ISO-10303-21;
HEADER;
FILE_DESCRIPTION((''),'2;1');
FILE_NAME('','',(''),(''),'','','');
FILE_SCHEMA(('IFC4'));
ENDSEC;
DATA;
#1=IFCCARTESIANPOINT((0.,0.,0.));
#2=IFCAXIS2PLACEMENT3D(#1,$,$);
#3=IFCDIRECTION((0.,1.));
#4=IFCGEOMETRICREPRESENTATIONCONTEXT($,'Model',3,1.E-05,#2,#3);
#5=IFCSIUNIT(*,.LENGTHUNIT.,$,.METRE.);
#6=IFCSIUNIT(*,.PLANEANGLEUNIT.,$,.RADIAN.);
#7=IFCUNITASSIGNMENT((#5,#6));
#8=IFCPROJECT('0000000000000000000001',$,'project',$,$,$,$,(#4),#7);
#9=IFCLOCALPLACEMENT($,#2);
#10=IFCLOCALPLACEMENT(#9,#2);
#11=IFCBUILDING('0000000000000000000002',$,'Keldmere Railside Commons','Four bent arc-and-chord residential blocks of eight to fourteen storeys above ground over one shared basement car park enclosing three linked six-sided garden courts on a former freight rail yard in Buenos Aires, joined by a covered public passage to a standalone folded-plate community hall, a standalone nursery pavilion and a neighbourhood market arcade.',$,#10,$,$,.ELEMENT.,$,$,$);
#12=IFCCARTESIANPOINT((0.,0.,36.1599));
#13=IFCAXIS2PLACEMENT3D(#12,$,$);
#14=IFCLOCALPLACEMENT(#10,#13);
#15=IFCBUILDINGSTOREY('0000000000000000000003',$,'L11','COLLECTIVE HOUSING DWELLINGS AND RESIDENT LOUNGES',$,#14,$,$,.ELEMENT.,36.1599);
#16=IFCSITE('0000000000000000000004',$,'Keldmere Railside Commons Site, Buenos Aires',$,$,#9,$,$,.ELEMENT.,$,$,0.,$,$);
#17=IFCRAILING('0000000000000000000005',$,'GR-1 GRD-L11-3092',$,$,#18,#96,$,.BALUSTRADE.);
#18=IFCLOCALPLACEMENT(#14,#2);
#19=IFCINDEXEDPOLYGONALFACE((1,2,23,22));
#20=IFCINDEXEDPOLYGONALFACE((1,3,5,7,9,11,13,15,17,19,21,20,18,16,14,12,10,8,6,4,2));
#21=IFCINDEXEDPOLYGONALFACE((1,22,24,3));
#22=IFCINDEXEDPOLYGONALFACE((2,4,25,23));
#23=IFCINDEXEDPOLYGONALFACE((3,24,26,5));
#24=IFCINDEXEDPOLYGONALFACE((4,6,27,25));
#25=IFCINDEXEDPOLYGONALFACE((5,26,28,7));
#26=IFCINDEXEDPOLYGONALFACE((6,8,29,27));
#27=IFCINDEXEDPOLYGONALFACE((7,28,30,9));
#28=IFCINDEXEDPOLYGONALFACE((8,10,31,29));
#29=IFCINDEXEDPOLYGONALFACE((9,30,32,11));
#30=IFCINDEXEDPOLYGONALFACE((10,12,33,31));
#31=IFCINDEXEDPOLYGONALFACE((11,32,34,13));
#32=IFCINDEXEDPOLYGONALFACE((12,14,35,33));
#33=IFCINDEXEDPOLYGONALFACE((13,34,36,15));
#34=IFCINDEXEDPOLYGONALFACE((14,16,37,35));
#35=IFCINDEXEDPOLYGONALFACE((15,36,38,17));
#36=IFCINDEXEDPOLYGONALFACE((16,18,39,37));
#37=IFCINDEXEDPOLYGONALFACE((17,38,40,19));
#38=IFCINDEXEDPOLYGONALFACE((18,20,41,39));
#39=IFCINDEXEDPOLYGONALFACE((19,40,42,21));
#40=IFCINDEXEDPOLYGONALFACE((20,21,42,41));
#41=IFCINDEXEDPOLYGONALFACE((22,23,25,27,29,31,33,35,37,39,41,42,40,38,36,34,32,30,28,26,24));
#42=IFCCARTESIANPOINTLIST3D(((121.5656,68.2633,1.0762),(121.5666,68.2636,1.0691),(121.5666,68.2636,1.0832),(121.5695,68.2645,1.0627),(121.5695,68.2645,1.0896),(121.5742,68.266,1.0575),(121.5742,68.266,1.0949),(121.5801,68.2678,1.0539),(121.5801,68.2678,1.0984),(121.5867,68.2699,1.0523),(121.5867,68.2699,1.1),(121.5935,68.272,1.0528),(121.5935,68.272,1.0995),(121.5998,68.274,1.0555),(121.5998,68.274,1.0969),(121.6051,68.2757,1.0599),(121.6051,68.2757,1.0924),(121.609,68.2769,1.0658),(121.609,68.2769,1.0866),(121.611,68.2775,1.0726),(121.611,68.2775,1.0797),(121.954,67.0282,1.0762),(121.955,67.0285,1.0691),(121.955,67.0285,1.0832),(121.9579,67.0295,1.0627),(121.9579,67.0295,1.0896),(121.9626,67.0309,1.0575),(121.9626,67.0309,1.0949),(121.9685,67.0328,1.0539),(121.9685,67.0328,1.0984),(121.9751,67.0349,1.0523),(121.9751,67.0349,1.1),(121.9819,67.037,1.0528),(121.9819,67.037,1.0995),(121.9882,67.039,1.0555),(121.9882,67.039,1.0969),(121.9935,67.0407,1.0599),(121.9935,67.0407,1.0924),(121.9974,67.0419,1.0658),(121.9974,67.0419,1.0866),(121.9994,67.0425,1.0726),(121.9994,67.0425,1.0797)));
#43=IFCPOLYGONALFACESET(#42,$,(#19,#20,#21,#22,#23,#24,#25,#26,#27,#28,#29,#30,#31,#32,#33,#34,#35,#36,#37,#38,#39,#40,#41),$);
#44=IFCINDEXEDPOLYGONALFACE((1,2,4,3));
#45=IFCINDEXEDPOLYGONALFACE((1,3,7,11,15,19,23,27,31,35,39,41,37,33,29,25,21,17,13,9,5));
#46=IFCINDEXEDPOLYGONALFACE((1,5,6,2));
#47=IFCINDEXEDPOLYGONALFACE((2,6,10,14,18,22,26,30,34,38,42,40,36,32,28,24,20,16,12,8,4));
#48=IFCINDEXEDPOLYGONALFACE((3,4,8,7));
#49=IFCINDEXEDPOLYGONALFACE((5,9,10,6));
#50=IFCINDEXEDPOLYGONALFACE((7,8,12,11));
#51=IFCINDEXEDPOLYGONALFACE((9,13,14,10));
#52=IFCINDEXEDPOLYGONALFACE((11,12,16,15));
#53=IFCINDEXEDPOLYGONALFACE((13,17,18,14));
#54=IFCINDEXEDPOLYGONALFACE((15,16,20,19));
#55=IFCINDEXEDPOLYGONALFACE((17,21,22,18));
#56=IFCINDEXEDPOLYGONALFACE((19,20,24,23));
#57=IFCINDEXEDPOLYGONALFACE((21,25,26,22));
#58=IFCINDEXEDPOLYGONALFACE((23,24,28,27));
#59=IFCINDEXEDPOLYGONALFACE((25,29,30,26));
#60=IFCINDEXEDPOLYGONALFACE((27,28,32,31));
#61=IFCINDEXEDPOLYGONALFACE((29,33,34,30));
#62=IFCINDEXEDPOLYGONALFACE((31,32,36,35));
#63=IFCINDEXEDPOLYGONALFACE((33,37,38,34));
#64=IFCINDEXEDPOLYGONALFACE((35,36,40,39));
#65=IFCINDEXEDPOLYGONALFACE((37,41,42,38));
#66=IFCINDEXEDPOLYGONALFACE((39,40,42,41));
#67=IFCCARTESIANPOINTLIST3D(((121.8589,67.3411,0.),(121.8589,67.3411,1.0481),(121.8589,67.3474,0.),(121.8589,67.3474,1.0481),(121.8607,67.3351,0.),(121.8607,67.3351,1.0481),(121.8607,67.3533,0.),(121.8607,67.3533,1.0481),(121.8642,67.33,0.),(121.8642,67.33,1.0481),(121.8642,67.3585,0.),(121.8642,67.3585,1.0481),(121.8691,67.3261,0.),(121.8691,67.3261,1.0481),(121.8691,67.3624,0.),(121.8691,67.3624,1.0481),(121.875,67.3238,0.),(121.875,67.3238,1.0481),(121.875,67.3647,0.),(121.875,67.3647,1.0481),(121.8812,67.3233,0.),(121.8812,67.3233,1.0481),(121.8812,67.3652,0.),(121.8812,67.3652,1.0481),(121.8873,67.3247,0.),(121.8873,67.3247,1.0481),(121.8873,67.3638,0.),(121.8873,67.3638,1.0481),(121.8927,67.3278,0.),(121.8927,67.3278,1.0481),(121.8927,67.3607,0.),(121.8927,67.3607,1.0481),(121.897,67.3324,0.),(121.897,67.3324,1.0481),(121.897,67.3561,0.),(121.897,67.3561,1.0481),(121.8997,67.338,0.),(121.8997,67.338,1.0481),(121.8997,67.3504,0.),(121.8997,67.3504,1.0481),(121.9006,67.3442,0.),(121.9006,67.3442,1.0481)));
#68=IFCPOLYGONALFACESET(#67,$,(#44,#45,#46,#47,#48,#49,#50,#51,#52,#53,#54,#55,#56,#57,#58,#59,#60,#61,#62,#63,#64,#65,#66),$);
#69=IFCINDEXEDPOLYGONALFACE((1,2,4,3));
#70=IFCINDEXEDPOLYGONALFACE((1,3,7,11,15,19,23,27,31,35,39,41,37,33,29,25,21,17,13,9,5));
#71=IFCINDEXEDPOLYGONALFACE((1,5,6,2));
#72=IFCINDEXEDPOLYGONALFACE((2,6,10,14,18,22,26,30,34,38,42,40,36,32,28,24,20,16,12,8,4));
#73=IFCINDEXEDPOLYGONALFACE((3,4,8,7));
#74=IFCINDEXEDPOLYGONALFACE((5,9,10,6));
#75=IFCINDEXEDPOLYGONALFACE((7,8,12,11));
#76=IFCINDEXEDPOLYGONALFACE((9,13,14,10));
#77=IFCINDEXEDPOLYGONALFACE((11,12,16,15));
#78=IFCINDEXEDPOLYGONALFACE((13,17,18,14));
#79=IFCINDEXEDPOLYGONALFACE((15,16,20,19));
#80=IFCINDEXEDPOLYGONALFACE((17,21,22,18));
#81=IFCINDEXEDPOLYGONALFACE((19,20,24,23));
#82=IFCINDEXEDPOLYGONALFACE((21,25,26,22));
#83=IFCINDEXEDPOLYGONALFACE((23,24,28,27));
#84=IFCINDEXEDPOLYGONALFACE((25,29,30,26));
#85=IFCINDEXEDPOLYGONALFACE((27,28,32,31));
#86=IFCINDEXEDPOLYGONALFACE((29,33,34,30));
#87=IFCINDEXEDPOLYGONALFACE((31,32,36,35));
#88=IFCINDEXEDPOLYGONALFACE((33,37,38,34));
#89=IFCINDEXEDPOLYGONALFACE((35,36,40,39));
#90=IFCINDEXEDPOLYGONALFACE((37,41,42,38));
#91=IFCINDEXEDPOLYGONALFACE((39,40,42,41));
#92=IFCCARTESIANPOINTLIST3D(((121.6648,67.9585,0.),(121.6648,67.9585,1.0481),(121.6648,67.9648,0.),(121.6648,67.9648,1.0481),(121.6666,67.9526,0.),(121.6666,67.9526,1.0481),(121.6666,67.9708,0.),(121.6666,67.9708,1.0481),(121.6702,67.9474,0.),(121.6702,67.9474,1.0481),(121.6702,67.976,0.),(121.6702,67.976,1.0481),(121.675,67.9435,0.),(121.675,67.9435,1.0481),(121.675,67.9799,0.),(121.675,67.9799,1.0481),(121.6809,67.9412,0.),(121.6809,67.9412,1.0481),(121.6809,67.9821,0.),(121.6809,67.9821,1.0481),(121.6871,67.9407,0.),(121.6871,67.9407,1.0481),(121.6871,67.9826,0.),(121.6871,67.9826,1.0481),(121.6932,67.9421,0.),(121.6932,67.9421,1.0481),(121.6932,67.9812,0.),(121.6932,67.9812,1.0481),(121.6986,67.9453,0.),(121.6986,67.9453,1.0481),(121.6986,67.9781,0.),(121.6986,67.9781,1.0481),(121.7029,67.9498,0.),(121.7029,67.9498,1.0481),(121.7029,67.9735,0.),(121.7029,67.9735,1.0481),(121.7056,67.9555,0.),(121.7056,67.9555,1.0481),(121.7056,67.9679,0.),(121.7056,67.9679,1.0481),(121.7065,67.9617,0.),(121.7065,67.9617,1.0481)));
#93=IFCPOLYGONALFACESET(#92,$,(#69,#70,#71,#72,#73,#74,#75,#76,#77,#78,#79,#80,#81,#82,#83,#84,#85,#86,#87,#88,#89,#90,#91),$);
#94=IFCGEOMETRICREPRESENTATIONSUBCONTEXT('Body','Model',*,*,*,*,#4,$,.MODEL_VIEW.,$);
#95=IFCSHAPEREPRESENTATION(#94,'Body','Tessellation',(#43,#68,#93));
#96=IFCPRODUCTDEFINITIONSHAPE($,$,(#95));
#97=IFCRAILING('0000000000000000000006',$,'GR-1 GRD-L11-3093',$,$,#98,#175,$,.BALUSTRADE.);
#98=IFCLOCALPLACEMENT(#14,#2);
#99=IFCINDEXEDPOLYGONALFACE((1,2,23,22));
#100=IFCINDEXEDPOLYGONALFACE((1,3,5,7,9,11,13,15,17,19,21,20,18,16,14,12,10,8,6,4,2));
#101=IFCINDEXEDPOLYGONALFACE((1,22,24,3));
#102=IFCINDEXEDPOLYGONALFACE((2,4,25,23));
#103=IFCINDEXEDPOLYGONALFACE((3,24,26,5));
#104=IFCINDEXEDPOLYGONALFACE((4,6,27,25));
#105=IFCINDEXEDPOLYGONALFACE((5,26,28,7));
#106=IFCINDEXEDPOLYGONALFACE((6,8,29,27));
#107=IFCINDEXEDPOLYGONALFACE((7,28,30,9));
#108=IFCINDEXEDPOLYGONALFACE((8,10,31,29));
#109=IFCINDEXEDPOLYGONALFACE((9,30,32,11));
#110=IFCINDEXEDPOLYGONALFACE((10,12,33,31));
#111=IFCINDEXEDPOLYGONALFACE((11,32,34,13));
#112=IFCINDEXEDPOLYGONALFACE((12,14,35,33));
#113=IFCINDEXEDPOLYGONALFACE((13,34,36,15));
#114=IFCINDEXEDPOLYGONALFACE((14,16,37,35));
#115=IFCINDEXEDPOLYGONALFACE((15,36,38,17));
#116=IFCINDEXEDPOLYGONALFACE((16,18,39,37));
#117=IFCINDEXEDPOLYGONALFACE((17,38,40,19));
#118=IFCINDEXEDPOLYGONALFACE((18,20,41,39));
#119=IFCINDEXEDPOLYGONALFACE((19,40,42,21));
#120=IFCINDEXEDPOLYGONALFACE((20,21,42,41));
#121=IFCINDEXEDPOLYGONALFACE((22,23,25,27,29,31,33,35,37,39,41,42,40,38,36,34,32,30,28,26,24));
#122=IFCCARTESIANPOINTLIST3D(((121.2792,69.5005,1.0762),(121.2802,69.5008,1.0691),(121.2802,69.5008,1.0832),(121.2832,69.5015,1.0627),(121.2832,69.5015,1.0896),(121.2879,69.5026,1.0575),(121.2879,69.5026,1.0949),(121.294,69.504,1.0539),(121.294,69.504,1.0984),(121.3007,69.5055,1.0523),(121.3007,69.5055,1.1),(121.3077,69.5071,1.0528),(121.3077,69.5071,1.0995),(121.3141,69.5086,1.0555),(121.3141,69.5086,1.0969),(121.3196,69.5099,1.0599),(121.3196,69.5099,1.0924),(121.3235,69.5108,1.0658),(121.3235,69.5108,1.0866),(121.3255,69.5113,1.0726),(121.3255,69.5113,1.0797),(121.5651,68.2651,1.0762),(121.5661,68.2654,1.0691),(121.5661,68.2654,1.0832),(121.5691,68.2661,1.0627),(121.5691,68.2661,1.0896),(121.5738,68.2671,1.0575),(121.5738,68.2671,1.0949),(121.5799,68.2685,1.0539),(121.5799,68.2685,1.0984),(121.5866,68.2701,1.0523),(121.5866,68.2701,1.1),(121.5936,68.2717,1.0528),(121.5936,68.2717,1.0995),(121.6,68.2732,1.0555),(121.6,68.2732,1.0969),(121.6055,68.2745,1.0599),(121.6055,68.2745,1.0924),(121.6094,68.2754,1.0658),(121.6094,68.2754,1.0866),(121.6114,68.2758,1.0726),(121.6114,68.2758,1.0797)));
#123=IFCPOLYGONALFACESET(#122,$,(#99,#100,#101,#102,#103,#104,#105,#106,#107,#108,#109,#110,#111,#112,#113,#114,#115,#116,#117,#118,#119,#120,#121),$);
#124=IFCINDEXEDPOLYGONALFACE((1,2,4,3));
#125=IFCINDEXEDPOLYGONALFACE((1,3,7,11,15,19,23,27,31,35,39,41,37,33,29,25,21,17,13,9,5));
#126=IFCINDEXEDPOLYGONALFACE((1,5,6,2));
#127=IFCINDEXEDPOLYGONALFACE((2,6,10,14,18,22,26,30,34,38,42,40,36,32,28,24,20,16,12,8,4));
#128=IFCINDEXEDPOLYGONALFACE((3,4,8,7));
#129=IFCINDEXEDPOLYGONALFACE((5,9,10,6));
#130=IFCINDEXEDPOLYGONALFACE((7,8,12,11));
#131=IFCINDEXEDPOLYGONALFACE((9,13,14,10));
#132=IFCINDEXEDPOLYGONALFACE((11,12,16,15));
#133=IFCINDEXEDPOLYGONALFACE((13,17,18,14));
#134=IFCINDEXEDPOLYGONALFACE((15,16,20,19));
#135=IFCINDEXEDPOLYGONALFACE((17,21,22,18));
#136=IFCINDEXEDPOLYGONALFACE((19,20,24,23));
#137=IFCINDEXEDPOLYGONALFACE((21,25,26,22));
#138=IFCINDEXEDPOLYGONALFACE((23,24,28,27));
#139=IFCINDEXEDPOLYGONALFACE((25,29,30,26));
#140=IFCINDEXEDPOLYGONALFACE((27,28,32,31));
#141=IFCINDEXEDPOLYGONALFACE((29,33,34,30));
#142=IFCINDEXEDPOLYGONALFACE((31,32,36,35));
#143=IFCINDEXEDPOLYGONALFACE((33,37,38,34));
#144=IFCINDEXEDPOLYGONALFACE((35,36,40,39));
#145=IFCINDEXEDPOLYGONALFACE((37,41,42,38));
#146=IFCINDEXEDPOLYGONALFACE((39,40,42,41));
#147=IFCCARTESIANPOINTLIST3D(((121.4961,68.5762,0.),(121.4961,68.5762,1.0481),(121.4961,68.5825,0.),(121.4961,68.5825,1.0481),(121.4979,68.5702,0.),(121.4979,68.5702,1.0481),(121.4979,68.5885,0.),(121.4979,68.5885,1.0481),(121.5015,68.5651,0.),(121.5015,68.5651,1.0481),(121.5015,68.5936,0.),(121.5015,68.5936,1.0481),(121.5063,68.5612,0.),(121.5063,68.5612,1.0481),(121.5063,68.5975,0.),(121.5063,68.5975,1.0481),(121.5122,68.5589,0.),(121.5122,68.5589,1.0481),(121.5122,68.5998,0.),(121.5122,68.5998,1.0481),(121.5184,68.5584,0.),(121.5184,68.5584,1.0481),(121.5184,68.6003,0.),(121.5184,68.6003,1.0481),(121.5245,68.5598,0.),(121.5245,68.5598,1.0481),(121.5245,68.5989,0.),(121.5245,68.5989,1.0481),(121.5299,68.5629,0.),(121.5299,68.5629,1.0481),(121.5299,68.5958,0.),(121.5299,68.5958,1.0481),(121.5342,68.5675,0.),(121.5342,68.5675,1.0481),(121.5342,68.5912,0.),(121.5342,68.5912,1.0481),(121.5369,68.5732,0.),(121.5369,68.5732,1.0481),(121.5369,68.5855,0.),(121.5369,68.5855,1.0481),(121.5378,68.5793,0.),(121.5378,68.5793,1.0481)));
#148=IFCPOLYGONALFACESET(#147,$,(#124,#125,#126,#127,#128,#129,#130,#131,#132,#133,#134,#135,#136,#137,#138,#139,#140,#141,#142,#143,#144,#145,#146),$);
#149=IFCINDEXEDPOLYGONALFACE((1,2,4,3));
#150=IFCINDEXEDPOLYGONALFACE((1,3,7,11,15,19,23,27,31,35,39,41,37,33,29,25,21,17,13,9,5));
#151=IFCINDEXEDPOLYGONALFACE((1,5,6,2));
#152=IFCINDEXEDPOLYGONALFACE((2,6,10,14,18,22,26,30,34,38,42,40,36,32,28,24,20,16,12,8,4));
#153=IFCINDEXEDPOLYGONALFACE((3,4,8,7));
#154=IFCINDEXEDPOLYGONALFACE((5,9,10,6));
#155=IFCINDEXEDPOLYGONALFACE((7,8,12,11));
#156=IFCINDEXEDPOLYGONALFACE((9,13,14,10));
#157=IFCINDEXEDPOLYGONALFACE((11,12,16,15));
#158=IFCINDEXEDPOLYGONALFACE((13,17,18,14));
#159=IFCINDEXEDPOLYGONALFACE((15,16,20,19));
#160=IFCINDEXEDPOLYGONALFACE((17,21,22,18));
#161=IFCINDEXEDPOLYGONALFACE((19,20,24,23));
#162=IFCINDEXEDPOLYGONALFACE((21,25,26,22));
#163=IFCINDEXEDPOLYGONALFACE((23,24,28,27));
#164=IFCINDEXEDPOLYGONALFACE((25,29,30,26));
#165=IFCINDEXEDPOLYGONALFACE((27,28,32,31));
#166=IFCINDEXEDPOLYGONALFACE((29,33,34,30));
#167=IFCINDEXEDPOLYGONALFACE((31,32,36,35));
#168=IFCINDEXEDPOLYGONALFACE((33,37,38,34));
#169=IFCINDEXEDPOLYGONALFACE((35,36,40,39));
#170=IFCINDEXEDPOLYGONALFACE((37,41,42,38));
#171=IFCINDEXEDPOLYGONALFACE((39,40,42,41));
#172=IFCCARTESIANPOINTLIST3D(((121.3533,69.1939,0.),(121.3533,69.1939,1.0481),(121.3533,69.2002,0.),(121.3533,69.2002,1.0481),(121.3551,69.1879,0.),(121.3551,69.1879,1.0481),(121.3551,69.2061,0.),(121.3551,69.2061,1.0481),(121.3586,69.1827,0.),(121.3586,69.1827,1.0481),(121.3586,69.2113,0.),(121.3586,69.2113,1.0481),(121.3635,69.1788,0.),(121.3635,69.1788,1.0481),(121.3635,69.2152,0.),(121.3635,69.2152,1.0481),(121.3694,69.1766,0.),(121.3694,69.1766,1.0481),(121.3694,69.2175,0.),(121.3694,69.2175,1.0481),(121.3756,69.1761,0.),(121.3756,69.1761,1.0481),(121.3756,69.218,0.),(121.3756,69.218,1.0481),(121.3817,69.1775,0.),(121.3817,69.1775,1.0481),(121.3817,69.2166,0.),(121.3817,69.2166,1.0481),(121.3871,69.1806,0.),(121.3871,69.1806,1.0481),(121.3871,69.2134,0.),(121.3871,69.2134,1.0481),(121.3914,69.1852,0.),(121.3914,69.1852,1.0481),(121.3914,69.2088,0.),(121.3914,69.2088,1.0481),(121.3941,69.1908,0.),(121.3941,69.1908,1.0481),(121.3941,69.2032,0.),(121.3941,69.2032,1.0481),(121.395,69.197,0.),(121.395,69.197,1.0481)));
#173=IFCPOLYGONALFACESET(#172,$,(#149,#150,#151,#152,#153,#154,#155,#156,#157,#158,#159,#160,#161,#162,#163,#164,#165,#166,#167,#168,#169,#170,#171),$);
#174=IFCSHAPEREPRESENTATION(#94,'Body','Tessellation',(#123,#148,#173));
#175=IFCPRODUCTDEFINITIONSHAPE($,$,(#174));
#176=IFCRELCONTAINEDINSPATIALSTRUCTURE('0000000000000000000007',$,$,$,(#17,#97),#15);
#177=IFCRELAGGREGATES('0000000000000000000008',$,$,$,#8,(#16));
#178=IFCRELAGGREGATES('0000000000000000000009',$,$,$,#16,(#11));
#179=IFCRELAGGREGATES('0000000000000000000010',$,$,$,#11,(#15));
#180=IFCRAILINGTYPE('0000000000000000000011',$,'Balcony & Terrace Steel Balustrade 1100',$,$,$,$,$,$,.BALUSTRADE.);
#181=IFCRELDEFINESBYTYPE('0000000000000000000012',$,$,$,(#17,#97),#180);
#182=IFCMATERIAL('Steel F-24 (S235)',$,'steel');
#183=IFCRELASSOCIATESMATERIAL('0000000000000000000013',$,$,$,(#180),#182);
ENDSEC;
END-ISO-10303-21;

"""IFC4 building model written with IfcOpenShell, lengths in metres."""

from ifc_helpers import new_model, si_unit, direction, frame, origin, origin_2d, place, context, subcontext, project, spatial, circle, extrude, material, type_object, element, save


model = new_model("IFC4")

# Units and contexts
model_context = context("Model", 3, precision=1e-05, world=origin(), true_north=direction((0.0, 1.0)))
body_context = subcontext(model_context, "Body", "Model", "MODEL_VIEW")
ifc_project = project(units=[si_unit("LENGTHUNIT", "METRE"), si_unit("PLANEANGLEUNIT", "RADIAN")], contexts=[model_context])

# Site, building, storey
site_placement = place(None, origin())
site = spatial("IfcSite", under=ifc_project, at=site_placement, Name="Keldmere Railside Commons Site, Buenos Aires", CompositionType="ELEMENT", RefElevation=0.0)
building_placement = place(site_placement, origin())
building = spatial("IfcBuilding", under=site, at=building_placement, Name="Keldmere Railside Commons", Description="Four bent arc-and-chord residential blocks of eight to fourteen storeys above ground over one shared basement car park enclosing three linked six-sided garden courts on a former freight rail yard in Buenos Aires, joined by a covered public passage to a standalone folded-plate community hall, a standalone nursery pavilion and a neighbourhood market arcade.", CompositionType="ELEMENT")
storey_placement = place(building_placement, frame((0.0, 0.0, 36.1599)))
storey = spatial("IfcBuildingStorey", under=building, at=storey_placement, Name="L11", Description="COLLECTIVE HOUSING DWELLINGS AND RESIDENT LOUNGES", CompositionType="ELEMENT", Elevation=36.1599)

# Railings
ifc_material_1 = material(Name="Steel F-24 (S235)", Category="steel")
railing_type = type_object("IfcRailingType", Name="Balcony & Terrace Steel Balustrade 1100", PredefinedType="BALUSTRADE", material=ifc_material_1)
railing_1_placement = place(storey_placement, frame((121.9768, 67.0354, 0.0)))
element("IfcRailing", 1, at=railing_1_placement, inside=storey, type_object=railing_type, Name="GR-1 GRD-L11-3092", PredefinedType="BALUSTRADE", context=body_context, shape_type="SweptSolid", body=[
    extrude(circle(Radius=0.0239, at=origin_2d()), frame((0.0, 0.0, 1.0762), z_axis=(-0.300003, 0.953938, 0.0), x_axis=(-0.953938, -0.300003, 0.0)), (0.0, 0.0, 1.0), 1.2947),
    extrude(circle(Radius=0.021, at=origin_2d()), frame((-0.0972, 0.3088, 0.0)), (0.0, 0.0, 1.0), 1.0481),
    extrude(circle(Radius=0.021, at=origin_2d()), frame((-0.2913, 0.9263, 0.0)), (0.0, 0.0, 1.0), 1.0481),
])
railing_2_placement = place(storey_placement, frame((121.5884, 68.2705, 0.0)))
element("IfcRailing", 2, at=railing_2_placement, inside=storey, type_object=railing_type, Name="GR-1 GRD-L11-3093", PredefinedType="BALUSTRADE", context=body_context, shape_type="SweptSolid", body=[
    extrude(circle(Radius=0.0239, at=origin_2d()), frame((0.0, 0.0, 1.0762), z_axis=(-0.225464, 0.974251, 0.0), x_axis=(-0.974251, -0.225464, 0.0)), (0.0, 0.0, 1.0), 1.2681),
    extrude(circle(Radius=0.021, at=origin_2d()), frame((-0.0715, 0.3088, 0.0)), (0.0, 0.0, 1.0), 1.0481),
    extrude(circle(Radius=0.021, at=origin_2d()), frame((-0.2144, 0.9265, 0.0)), (0.0, 0.0, 1.0), 1.0481),
])

save(model, "model.ifc")
